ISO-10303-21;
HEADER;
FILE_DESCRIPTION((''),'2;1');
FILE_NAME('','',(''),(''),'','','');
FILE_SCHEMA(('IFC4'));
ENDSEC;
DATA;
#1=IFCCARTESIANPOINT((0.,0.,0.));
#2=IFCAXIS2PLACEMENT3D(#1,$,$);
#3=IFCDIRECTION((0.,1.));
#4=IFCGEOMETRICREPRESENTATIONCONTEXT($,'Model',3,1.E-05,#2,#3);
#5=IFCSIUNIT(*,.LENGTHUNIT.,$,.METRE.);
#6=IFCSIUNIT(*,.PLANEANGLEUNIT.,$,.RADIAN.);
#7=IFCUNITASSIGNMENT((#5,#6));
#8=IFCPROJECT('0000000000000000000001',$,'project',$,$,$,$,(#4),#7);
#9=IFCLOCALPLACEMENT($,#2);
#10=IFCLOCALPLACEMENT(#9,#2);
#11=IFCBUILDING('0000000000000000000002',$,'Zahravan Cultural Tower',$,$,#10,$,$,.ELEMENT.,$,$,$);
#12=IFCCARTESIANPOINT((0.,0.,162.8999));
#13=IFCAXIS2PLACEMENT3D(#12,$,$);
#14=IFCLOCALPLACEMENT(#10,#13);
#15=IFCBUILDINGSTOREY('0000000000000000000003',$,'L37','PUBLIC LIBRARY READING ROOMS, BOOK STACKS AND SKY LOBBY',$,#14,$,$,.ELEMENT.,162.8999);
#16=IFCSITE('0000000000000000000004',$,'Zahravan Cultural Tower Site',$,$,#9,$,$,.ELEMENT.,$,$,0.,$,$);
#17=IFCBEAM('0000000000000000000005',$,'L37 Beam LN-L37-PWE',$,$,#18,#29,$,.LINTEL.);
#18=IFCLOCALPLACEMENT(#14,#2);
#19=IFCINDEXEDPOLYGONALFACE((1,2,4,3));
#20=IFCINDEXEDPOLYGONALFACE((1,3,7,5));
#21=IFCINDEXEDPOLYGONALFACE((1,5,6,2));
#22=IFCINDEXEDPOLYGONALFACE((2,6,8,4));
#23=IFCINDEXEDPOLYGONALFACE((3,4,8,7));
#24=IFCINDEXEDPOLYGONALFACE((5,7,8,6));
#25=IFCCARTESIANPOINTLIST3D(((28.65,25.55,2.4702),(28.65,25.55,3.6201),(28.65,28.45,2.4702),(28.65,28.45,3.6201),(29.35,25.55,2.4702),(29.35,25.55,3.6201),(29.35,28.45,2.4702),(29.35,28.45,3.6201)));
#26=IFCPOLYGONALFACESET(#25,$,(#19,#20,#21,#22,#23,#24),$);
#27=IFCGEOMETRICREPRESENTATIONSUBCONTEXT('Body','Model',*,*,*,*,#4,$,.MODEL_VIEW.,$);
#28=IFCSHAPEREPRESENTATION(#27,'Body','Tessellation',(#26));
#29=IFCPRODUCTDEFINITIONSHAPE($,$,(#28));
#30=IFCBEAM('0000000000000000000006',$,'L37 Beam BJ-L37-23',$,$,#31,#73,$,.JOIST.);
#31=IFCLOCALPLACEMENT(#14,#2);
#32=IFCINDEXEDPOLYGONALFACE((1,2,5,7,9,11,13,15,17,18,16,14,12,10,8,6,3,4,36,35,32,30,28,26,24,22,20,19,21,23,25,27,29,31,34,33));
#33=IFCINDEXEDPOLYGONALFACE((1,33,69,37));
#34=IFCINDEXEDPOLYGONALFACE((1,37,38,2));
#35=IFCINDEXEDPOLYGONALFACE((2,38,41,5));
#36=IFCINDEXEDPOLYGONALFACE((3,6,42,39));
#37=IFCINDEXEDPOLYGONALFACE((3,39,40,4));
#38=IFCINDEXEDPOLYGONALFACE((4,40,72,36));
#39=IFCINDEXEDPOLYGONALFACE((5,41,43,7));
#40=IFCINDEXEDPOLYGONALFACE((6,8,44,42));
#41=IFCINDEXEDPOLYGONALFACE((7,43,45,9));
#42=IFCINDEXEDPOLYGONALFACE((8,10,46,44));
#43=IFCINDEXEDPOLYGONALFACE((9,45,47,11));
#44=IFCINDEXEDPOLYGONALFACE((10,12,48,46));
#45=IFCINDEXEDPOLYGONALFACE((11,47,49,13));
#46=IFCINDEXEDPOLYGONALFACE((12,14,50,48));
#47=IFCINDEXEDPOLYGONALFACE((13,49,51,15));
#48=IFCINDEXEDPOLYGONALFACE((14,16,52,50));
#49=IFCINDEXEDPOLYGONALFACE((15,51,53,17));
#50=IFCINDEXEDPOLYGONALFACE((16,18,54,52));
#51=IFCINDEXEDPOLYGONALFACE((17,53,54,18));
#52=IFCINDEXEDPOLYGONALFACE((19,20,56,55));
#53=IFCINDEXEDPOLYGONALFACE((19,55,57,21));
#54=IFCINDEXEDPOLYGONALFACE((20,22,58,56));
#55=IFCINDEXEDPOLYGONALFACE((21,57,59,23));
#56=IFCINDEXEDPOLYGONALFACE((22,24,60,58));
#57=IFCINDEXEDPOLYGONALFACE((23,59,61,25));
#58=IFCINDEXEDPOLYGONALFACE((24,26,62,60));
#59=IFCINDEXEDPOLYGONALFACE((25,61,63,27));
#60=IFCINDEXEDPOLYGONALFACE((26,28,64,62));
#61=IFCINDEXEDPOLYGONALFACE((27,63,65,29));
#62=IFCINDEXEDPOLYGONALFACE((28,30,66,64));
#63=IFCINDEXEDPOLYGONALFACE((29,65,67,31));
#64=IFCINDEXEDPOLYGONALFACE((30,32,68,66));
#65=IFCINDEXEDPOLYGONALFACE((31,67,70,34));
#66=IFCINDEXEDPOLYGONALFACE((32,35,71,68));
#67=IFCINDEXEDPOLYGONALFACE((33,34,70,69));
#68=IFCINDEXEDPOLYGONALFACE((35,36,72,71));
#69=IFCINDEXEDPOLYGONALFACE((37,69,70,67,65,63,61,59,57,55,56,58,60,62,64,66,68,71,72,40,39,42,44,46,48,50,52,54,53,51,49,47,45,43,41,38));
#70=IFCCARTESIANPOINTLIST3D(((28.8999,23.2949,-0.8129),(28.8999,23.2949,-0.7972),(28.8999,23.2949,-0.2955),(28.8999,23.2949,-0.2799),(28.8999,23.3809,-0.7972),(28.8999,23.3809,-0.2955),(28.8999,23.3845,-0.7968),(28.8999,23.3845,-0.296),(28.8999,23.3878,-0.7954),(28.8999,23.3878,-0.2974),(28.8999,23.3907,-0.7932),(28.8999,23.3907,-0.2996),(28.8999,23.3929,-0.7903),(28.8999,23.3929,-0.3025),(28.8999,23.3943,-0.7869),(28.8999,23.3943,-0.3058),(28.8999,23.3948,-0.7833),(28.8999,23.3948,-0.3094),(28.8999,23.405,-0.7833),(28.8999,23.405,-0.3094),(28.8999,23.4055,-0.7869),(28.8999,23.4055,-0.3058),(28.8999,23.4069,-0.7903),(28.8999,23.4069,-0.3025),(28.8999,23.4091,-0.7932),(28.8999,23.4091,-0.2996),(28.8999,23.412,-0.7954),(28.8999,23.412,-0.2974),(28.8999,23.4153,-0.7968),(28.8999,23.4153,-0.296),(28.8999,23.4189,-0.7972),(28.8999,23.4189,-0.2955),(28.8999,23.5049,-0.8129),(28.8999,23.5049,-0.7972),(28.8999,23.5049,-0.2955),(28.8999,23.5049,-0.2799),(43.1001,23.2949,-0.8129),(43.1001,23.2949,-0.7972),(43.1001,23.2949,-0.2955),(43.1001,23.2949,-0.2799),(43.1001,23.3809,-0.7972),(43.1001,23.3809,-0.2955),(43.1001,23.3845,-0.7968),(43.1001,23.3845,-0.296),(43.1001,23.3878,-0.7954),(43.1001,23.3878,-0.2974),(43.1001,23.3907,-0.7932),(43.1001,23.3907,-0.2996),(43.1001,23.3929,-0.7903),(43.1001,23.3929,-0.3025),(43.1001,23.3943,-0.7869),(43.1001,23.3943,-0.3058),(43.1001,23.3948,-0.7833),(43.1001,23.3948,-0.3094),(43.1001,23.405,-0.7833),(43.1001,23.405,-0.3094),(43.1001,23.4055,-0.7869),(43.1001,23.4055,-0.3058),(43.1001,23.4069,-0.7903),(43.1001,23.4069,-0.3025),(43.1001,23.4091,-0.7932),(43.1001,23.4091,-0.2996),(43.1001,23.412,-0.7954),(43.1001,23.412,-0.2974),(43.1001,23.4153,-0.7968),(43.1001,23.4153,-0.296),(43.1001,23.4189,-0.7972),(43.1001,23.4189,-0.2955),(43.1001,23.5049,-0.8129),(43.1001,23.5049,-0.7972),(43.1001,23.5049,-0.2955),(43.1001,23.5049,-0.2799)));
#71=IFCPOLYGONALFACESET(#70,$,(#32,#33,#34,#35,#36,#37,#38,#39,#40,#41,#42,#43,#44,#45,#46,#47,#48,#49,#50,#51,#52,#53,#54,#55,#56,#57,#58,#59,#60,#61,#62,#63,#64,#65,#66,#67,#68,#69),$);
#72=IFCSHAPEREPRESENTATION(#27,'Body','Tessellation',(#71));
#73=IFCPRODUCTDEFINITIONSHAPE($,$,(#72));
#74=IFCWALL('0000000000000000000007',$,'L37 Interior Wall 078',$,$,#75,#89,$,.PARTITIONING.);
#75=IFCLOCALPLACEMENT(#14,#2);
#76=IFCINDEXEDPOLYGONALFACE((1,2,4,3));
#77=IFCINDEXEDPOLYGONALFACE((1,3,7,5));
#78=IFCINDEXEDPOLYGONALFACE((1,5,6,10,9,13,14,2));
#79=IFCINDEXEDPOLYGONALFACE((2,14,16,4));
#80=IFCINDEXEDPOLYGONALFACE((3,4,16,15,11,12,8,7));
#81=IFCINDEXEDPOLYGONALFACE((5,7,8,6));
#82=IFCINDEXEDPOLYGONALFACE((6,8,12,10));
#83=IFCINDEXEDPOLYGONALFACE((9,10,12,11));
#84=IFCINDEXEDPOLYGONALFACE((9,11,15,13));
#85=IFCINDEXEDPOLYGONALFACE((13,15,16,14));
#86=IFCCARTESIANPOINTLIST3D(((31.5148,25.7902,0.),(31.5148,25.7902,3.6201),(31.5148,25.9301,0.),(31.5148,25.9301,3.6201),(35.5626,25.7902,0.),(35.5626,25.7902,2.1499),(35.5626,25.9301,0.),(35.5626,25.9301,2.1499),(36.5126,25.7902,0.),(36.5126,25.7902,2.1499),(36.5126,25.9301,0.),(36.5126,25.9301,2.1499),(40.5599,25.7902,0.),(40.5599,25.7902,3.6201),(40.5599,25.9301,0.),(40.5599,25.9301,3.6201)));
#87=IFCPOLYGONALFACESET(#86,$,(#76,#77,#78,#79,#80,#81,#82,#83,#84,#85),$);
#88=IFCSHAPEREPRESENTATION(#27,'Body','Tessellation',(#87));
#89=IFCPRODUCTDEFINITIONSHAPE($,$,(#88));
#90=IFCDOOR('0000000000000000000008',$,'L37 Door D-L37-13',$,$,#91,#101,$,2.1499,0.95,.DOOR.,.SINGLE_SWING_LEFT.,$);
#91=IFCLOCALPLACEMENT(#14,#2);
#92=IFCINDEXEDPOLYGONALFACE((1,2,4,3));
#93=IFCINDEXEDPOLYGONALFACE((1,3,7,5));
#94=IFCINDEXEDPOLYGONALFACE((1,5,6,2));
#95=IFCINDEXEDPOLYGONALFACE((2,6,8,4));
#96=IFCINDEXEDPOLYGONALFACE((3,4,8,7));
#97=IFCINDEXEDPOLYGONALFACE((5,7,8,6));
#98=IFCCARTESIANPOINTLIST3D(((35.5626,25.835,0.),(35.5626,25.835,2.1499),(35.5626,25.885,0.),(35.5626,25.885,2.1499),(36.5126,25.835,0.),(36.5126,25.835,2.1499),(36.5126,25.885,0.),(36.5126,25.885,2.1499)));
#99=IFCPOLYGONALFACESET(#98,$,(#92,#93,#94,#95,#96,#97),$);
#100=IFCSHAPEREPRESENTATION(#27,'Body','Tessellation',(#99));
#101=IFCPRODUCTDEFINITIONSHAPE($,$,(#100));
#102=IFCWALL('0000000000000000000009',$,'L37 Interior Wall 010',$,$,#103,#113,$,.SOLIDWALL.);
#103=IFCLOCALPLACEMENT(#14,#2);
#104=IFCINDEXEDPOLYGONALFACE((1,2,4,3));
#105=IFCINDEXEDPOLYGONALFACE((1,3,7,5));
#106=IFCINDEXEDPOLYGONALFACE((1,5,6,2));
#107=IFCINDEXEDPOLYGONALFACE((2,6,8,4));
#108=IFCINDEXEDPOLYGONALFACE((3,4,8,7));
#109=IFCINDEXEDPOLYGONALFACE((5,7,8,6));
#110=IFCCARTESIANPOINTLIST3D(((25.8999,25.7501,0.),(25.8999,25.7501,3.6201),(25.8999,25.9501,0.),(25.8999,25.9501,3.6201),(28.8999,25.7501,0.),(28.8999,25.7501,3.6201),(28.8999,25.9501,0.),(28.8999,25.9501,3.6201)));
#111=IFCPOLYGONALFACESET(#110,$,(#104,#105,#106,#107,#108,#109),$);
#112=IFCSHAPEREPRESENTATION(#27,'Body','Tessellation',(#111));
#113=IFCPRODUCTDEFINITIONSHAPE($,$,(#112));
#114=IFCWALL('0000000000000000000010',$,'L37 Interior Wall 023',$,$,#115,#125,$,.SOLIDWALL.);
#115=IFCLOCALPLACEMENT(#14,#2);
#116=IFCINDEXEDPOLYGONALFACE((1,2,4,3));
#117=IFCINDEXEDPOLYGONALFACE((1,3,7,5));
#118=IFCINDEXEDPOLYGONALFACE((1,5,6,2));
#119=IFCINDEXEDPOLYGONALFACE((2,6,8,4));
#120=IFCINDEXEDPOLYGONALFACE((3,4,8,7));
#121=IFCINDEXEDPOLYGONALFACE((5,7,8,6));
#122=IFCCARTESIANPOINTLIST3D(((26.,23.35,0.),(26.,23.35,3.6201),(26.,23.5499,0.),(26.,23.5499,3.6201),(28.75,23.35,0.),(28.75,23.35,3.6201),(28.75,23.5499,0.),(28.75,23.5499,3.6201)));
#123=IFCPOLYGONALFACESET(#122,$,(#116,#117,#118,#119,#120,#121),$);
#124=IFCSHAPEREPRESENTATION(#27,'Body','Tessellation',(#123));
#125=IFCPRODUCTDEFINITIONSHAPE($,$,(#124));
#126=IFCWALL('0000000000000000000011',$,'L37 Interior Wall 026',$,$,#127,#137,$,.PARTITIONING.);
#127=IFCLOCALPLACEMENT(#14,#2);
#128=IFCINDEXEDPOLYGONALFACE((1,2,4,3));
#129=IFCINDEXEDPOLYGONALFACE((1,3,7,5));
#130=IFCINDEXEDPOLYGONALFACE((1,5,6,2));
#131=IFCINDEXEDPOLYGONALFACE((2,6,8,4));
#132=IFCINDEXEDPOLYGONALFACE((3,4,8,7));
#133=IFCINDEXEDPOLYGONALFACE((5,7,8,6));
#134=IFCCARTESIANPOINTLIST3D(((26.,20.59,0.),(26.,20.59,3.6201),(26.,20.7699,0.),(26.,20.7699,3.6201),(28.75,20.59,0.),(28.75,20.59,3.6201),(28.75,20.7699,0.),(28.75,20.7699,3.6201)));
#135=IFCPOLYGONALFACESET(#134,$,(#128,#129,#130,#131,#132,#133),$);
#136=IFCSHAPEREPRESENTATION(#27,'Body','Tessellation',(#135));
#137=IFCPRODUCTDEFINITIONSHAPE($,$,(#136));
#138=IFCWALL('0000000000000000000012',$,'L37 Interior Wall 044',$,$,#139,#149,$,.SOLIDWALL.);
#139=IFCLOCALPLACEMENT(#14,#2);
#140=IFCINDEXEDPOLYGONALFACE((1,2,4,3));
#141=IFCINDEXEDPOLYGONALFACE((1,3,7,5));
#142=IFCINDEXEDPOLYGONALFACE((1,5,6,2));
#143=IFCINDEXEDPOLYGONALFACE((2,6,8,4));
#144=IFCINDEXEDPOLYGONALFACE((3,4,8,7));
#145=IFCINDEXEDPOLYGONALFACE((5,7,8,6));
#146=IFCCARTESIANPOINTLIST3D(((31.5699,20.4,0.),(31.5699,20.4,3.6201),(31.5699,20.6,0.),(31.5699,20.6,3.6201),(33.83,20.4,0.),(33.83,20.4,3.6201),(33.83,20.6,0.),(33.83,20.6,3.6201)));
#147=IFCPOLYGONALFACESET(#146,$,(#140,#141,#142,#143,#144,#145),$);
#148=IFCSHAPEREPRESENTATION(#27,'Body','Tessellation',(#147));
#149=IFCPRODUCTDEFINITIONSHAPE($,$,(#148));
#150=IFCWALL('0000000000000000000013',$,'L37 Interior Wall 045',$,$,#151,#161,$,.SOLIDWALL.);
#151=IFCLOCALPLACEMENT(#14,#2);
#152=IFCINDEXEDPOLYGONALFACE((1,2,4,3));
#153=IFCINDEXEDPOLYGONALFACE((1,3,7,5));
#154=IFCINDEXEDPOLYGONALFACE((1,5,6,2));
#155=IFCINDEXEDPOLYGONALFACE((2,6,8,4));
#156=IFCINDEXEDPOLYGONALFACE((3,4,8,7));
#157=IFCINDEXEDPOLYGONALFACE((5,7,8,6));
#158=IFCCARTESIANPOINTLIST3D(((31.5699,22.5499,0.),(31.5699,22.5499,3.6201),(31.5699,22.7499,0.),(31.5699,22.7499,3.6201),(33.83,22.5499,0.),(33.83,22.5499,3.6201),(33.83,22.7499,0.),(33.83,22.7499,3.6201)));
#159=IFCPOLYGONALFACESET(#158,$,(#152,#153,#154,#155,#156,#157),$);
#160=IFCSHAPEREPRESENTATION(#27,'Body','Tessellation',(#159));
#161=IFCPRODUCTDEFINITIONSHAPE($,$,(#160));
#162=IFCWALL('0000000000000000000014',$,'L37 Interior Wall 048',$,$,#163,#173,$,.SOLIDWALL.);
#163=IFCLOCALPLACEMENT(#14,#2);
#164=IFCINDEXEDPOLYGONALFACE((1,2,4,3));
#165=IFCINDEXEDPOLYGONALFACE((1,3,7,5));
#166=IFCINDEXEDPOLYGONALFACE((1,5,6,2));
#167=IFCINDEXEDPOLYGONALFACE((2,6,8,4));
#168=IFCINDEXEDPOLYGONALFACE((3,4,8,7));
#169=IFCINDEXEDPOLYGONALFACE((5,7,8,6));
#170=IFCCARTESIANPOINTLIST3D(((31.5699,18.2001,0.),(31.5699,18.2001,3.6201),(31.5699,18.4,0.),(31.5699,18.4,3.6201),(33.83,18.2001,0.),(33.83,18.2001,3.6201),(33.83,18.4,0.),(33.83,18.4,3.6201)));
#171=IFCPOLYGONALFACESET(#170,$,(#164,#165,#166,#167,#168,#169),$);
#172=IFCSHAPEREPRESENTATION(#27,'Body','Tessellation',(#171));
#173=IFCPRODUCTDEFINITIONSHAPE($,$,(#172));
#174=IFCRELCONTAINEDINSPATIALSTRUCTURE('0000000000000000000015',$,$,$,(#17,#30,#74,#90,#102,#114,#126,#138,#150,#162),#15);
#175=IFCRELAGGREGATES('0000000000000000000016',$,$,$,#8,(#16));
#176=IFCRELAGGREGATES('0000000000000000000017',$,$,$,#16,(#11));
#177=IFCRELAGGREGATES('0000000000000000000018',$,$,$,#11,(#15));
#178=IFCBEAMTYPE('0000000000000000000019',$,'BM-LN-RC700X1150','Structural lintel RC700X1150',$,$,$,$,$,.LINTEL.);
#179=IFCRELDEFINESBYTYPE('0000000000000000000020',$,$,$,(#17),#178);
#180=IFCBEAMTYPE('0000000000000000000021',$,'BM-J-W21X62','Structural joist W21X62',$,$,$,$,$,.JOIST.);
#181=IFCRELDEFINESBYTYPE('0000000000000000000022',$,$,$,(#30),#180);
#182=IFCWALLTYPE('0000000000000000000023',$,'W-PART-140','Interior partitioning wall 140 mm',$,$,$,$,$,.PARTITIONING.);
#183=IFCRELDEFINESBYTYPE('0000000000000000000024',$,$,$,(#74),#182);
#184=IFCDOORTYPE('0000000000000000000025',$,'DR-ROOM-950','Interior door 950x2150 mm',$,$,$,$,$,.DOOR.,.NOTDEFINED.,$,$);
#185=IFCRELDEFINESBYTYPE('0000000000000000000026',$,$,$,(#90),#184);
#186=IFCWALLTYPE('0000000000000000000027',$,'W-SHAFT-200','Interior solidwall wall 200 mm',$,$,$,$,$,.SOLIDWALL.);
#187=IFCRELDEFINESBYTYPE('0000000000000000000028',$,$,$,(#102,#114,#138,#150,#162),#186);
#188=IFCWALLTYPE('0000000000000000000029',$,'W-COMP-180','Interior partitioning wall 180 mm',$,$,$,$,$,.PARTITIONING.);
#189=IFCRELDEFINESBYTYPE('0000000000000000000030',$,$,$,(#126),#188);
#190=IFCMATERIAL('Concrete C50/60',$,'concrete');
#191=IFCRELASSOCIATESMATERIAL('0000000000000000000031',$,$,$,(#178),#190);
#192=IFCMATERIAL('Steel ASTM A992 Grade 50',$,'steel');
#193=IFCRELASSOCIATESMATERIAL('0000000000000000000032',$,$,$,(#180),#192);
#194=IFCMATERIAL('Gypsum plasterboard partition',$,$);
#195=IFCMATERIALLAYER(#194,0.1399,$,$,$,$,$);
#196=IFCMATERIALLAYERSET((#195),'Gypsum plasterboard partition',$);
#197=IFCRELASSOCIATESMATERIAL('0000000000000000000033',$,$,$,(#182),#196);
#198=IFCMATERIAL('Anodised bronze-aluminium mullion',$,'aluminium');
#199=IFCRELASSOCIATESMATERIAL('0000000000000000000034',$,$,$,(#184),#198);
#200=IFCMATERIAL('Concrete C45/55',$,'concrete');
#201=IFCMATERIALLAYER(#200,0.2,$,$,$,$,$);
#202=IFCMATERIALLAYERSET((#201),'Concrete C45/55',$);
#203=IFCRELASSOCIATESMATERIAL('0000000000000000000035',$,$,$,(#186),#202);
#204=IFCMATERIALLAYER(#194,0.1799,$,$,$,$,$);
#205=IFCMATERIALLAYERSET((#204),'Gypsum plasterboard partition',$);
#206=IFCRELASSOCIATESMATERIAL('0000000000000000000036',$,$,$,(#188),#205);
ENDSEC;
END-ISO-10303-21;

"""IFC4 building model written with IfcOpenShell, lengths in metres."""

from ifc_helpers import new_model, si_unit, direction, frame, frame_2d, origin, origin_2d, place, context, subcontext, project, spatial, rectangle, i_section, extrude, source, transform, mapped, material, layer, layer_set, material_profile, profile_set, type_object, element, fill, save


model = new_model("IFC4")

# Units and contexts
model_context = context("Model", 3, precision=1e-05, world=origin(), true_north=direction((0.0, 1.0)))
body_context = subcontext(model_context, "Body", "Model", "MODEL_VIEW")
ifc_project = project(units=[si_unit("LENGTHUNIT", "METRE"), si_unit("PLANEANGLEUNIT", "RADIAN")], contexts=[model_context])

# Site, building, storey
site_placement = place(None, origin())
site = spatial("IfcSite", under=ifc_project, at=site_placement, Name="Zahravan Cultural Tower Site", CompositionType="ELEMENT", RefElevation=0.0)
building_placement = place(site_placement, origin())
building = spatial("IfcBuilding", under=site, at=building_placement, Name="Zahravan Cultural Tower", CompositionType="ELEMENT")
storey_placement = place(building_placement, frame((0.0, 0.0, 162.8999)))
storey = spatial("IfcBuildingStorey", under=building, at=storey_placement, Name="L37", Description="PUBLIC LIBRARY READING ROOMS, BOOK STACKS AND SKY LOBBY", CompositionType="ELEMENT", Elevation=162.8999)

# Beams
ifc_material_1 = material(Name="Concrete C50/60", Category="concrete")
ifc_material_profile_1 = material_profile(ifc_material_1, rectangle(XDim=0.7, YDim=1.1499, at=origin_2d()), Name="RC700X1150")
ifc_profile_set_1 = profile_set([ifc_material_profile_1], Name="Concrete C50/60")
beam_type_1 = type_object("IfcBeamType", Name="BM-LN-RC700X1150", Description="Structural lintel RC700X1150", PredefinedType="LINTEL", material=ifc_profile_set_1)
shared_shape_1 = source(origin(), body_context, "Body", "SweptSolid", [
    extrude(rectangle(XDim=0.7, YDim=1.1499, at=origin_2d()), origin(), (0.0, 0.0, 1.0), 2.8999),
])
beam_1_placement = place(storey_placement, frame((29.0, 25.55, 3.0452), z_axis=(0.0, 1.0, 0.0), x_axis=(-1.0, 0.0, 0.0)))
element("IfcBeam", 1, at=beam_1_placement, inside=storey, type_object=beam_type_1, Name="L37 Beam LN-L37-PWE", PredefinedType="LINTEL", context=body_context, shape_type="MappedRepresentation", body=[
    mapped(shared_shape_1, transform((0.0, 0.0, 0.0), x_axis=(1.0, 0.0, 0.0), y_axis=(0.0, 1.0, 0.0), z_axis=(0.0, 0.0, 1.0), scale=1.0)),
])
ifc_material_2 = material(Name="Steel ASTM A992 Grade 50", Category="steel")
ifc_material_profile_2 = material_profile(ifc_material_2, i_section(OverallWidth=0.21, OverallDepth=0.533, WebThickness=0.0103, FlangeThickness=0.0156, FilletRadius=0.0139, at=origin_2d()), Name="W21X62")
ifc_profile_set_2 = profile_set([ifc_material_profile_2], Name="Steel ASTM A992 Grade 50")
beam_type_2 = type_object("IfcBeamType", Name="BM-J-W21X62", Description="Structural joist W21X62", PredefinedType="JOIST", material=ifc_profile_set_2)
shared_shape_2 = source(origin(), body_context, "Body", "SweptSolid", [
    extrude(i_section(OverallWidth=0.21, OverallDepth=0.533, WebThickness=0.0103, FlangeThickness=0.0156, FilletRadius=0.0139, at=origin_2d()), origin(), (0.0, 0.0, 1.0), 14.2002),
])
beam_2_placement = place(storey_placement, frame((28.8999, 23.3999, -0.5464), z_axis=(1.0, 0.0, 0.0), x_axis=(0.0, 1.0, 0.0)))
element("IfcBeam", 2, at=beam_2_placement, inside=storey, type_object=beam_type_2, Name="L37 Beam BJ-L37-23", PredefinedType="JOIST", context=body_context, shape_type="MappedRepresentation", body=[
    mapped(shared_shape_2, transform((0.0, 0.0, 0.0), x_axis=(1.0, 0.0, 0.0), y_axis=(0.0, 1.0, 0.0), z_axis=(0.0, 0.0, 1.0), scale=1.0)),
])

# Wall, opening, door
ifc_material_3 = material(Name="Gypsum plasterboard partition")
ifc_layer_1 = layer(ifc_material_3, 0.1399)
ifc_layer_set_1 = layer_set([ifc_layer_1], Name="Gypsum plasterboard partition")
wall_type_1 = type_object("IfcWallType", Name="W-PART-140", Description="Interior partitioning wall 140 mm", PredefinedType="PARTITIONING", material=ifc_layer_set_1)
ifc_material_4 = material(Name="Anodised bronze-aluminium mullion", Category="aluminium")
door_type_1 = type_object("IfcDoorType", Name="DR-ROOM-950", Description="Interior door 950x2150 mm", OperationType="NOTDEFINED", PredefinedType="DOOR", material=ifc_material_4)
shared_shape_3 = source(origin(), body_context, "Body", "SweptSolid", [
    extrude(rectangle(XDim=0.95, YDim=2.1499, at=frame_2d((0.4751, 1.075))), frame((0.0, 0.0249, 0.0), z_axis=(0.0, -1.0, 0.0), x_axis=(1.0, 0.0, 0.0)), (0.0, 0.0, 1.0), 0.05),
])
wall_1_placement = place(storey_placement, frame((31.5149, 25.8601, 0.0), z_axis=(0.0, 0.0, 1.0), x_axis=(1.0, 0.0, 0.0)))
wall_1 = element("IfcWall", 3, at=wall_1_placement, inside=storey, type_object=wall_type_1, Name="L37 Interior Wall 078", PredefinedType="PARTITIONING", context=body_context, shape_type="SweptSolid", body=[
    extrude(rectangle(XDim=9.0452, YDim=0.1399, at=frame_2d((4.5225, 0.0))), origin(), (0.0, 0.0, 1.0), 3.6201),
])
opening_1_placement = place(wall_1_placement, frame((4.0476, 0.0, 0.0)))
opening_1 = element("IfcOpeningElement", 4, at=opening_1_placement, cuts=wall_1, PredefinedType="OPENING", context=body_context, shape_type="SweptSolid", body=[
    extrude(rectangle(XDim=0.95, YDim=2.1499, at=frame_2d((0.4751, 1.075))), frame((0.0, 0.0798, 0.0), z_axis=(0.0, -1.0, 0.0), x_axis=(1.0, 0.0, 0.0)), (0.0, 0.0, 1.0), 0.1599),
])
door_1_placement = place(opening_1_placement, origin())
door_1 = element("IfcDoor", 5, at=door_1_placement, inside=storey, type_object=door_type_1, Name="L37 Door D-L37-13", OperationType="SINGLE_SWING_LEFT", OverallHeight=2.1499, OverallWidth=0.95, PredefinedType="DOOR", context=body_context, shape_type="MappedRepresentation", body=[
    mapped(shared_shape_3, transform((0.0, 0.0, 0.0), x_axis=(1.0, 0.0, 0.0), y_axis=(0.0, 1.0, 0.0), z_axis=(0.0, 0.0, 1.0), scale=1.0)),
])
fill(opening_1, door_1)
ifc_material_5 = material(Name="Concrete C45/55", Category="concrete")
ifc_layer_2 = layer(ifc_material_5, 0.2)
ifc_layer_set_2 = layer_set([ifc_layer_2], Name="Concrete C45/55")
wall_type_2 = type_object("IfcWallType", Name="W-SHAFT-200", Description="Interior solidwall wall 200 mm", PredefinedType="SOLIDWALL", material=ifc_layer_set_2)

# Walls
shared_shape_4 = source(origin(), body_context, "Body", "SweptSolid", [
    extrude(rectangle(XDim=3.0, YDim=0.2, at=frame_2d((1.5, 0.0))), origin(), (0.0, 0.0, 1.0), 3.6201),
])
wall_2_placement = place(storey_placement, frame((25.8999, 25.8501, 0.0), z_axis=(0.0, 0.0, 1.0), x_axis=(1.0, 0.0, 0.0)))
element("IfcWall", 6, at=wall_2_placement, inside=storey, type_object=wall_type_2, Name="L37 Interior Wall 010", PredefinedType="SOLIDWALL", context=body_context, shape_type="MappedRepresentation", body=[
    mapped(shared_shape_4, transform((0.0, 0.0, 0.0), x_axis=(1.0, 0.0, 0.0), y_axis=(0.0, 1.0, 0.0), z_axis=(0.0, 0.0, 1.0), scale=1.0)),
])
shared_shape_5 = source(origin(), body_context, "Body", "SweptSolid", [
    extrude(rectangle(XDim=2.75, YDim=0.2, at=frame_2d((1.375, 0.0))), origin(), (0.0, 0.0, 1.0), 3.6201),
])
wall_3_placement = place(storey_placement, frame((26.0, 23.45, 0.0), z_axis=(0.0, 0.0, 1.0), x_axis=(1.0, 0.0, 0.0)))
element("IfcWall", 7, at=wall_3_placement, inside=storey, type_object=wall_type_2, Name="L37 Interior Wall 023", PredefinedType="SOLIDWALL", context=body_context, shape_type="MappedRepresentation", body=[
    mapped(shared_shape_5, transform((0.0, 0.0, 0.0), x_axis=(1.0, 0.0, 0.0), y_axis=(0.0, 1.0, 0.0), z_axis=(0.0, 0.0, 1.0), scale=1.0)),
])
ifc_layer_3 = layer(ifc_material_3, 0.1799)
ifc_layer_set_3 = layer_set([ifc_layer_3], Name="Gypsum plasterboard partition")
wall_type_3 = type_object("IfcWallType", Name="W-COMP-180", Description="Interior partitioning wall 180 mm", PredefinedType="PARTITIONING", material=ifc_layer_set_3)
shared_shape_6 = source(origin(), body_context, "Body", "SweptSolid", [
    extrude(rectangle(XDim=2.75, YDim=0.1799, at=frame_2d((1.375, 0.0))), origin(), (0.0, 0.0, 1.0), 3.6201),
])
wall_4_placement = place(storey_placement, frame((26.0, 20.6799, 0.0), z_axis=(0.0, 0.0, 1.0), x_axis=(1.0, 0.0, 0.0)))
element("IfcWall", 8, at=wall_4_placement, inside=storey, type_object=wall_type_3, Name="L37 Interior Wall 026", PredefinedType="PARTITIONING", context=body_context, shape_type="MappedRepresentation", body=[
    mapped(shared_shape_6, transform((0.0, 0.0, 0.0), x_axis=(1.0, 0.0, 0.0), y_axis=(0.0, 1.0, 0.0), z_axis=(0.0, 0.0, 1.0), scale=1.0)),
])
shared_shape_7 = source(origin(), body_context, "Body", "SweptSolid", [
    extrude(rectangle(XDim=2.26, YDim=0.2, at=frame_2d((1.1299, 0.0))), origin(), (0.0, 0.0, 1.0), 3.6201),
])
for number, where, z_axis, x_axis, name in (
    (9, (31.5701, 20.5, 0.0), (0.0, 0.0, 1.0), (1.0, 0.0, 0.0), "L37 Interior Wall 044"),
    (10, (31.5701, 22.6499, 0.0), (0.0, 0.0, 1.0), (1.0, 0.0, 0.0), "L37 Interior Wall 045"),
    (11, (31.5701, 18.3, 0.0), (0.0, 0.0, 1.0), (1.0, 0.0, 0.0), "L37 Interior Wall 048"),
):
    element("IfcWall", number, at=place(storey_placement, frame(where, z_axis=z_axis, x_axis=x_axis)), inside=storey, type_object=wall_type_2, Name=name, PredefinedType="SOLIDWALL", context=body_context, shape_type="MappedRepresentation", body=[
        mapped(shared_shape_7, transform((0.0, 0.0, 0.0), x_axis=(1.0, 0.0, 0.0), y_axis=(0.0, 1.0, 0.0), z_axis=(0.0, 0.0, 1.0), scale=1.0)),
    ])

save(model, "model.ifc")
